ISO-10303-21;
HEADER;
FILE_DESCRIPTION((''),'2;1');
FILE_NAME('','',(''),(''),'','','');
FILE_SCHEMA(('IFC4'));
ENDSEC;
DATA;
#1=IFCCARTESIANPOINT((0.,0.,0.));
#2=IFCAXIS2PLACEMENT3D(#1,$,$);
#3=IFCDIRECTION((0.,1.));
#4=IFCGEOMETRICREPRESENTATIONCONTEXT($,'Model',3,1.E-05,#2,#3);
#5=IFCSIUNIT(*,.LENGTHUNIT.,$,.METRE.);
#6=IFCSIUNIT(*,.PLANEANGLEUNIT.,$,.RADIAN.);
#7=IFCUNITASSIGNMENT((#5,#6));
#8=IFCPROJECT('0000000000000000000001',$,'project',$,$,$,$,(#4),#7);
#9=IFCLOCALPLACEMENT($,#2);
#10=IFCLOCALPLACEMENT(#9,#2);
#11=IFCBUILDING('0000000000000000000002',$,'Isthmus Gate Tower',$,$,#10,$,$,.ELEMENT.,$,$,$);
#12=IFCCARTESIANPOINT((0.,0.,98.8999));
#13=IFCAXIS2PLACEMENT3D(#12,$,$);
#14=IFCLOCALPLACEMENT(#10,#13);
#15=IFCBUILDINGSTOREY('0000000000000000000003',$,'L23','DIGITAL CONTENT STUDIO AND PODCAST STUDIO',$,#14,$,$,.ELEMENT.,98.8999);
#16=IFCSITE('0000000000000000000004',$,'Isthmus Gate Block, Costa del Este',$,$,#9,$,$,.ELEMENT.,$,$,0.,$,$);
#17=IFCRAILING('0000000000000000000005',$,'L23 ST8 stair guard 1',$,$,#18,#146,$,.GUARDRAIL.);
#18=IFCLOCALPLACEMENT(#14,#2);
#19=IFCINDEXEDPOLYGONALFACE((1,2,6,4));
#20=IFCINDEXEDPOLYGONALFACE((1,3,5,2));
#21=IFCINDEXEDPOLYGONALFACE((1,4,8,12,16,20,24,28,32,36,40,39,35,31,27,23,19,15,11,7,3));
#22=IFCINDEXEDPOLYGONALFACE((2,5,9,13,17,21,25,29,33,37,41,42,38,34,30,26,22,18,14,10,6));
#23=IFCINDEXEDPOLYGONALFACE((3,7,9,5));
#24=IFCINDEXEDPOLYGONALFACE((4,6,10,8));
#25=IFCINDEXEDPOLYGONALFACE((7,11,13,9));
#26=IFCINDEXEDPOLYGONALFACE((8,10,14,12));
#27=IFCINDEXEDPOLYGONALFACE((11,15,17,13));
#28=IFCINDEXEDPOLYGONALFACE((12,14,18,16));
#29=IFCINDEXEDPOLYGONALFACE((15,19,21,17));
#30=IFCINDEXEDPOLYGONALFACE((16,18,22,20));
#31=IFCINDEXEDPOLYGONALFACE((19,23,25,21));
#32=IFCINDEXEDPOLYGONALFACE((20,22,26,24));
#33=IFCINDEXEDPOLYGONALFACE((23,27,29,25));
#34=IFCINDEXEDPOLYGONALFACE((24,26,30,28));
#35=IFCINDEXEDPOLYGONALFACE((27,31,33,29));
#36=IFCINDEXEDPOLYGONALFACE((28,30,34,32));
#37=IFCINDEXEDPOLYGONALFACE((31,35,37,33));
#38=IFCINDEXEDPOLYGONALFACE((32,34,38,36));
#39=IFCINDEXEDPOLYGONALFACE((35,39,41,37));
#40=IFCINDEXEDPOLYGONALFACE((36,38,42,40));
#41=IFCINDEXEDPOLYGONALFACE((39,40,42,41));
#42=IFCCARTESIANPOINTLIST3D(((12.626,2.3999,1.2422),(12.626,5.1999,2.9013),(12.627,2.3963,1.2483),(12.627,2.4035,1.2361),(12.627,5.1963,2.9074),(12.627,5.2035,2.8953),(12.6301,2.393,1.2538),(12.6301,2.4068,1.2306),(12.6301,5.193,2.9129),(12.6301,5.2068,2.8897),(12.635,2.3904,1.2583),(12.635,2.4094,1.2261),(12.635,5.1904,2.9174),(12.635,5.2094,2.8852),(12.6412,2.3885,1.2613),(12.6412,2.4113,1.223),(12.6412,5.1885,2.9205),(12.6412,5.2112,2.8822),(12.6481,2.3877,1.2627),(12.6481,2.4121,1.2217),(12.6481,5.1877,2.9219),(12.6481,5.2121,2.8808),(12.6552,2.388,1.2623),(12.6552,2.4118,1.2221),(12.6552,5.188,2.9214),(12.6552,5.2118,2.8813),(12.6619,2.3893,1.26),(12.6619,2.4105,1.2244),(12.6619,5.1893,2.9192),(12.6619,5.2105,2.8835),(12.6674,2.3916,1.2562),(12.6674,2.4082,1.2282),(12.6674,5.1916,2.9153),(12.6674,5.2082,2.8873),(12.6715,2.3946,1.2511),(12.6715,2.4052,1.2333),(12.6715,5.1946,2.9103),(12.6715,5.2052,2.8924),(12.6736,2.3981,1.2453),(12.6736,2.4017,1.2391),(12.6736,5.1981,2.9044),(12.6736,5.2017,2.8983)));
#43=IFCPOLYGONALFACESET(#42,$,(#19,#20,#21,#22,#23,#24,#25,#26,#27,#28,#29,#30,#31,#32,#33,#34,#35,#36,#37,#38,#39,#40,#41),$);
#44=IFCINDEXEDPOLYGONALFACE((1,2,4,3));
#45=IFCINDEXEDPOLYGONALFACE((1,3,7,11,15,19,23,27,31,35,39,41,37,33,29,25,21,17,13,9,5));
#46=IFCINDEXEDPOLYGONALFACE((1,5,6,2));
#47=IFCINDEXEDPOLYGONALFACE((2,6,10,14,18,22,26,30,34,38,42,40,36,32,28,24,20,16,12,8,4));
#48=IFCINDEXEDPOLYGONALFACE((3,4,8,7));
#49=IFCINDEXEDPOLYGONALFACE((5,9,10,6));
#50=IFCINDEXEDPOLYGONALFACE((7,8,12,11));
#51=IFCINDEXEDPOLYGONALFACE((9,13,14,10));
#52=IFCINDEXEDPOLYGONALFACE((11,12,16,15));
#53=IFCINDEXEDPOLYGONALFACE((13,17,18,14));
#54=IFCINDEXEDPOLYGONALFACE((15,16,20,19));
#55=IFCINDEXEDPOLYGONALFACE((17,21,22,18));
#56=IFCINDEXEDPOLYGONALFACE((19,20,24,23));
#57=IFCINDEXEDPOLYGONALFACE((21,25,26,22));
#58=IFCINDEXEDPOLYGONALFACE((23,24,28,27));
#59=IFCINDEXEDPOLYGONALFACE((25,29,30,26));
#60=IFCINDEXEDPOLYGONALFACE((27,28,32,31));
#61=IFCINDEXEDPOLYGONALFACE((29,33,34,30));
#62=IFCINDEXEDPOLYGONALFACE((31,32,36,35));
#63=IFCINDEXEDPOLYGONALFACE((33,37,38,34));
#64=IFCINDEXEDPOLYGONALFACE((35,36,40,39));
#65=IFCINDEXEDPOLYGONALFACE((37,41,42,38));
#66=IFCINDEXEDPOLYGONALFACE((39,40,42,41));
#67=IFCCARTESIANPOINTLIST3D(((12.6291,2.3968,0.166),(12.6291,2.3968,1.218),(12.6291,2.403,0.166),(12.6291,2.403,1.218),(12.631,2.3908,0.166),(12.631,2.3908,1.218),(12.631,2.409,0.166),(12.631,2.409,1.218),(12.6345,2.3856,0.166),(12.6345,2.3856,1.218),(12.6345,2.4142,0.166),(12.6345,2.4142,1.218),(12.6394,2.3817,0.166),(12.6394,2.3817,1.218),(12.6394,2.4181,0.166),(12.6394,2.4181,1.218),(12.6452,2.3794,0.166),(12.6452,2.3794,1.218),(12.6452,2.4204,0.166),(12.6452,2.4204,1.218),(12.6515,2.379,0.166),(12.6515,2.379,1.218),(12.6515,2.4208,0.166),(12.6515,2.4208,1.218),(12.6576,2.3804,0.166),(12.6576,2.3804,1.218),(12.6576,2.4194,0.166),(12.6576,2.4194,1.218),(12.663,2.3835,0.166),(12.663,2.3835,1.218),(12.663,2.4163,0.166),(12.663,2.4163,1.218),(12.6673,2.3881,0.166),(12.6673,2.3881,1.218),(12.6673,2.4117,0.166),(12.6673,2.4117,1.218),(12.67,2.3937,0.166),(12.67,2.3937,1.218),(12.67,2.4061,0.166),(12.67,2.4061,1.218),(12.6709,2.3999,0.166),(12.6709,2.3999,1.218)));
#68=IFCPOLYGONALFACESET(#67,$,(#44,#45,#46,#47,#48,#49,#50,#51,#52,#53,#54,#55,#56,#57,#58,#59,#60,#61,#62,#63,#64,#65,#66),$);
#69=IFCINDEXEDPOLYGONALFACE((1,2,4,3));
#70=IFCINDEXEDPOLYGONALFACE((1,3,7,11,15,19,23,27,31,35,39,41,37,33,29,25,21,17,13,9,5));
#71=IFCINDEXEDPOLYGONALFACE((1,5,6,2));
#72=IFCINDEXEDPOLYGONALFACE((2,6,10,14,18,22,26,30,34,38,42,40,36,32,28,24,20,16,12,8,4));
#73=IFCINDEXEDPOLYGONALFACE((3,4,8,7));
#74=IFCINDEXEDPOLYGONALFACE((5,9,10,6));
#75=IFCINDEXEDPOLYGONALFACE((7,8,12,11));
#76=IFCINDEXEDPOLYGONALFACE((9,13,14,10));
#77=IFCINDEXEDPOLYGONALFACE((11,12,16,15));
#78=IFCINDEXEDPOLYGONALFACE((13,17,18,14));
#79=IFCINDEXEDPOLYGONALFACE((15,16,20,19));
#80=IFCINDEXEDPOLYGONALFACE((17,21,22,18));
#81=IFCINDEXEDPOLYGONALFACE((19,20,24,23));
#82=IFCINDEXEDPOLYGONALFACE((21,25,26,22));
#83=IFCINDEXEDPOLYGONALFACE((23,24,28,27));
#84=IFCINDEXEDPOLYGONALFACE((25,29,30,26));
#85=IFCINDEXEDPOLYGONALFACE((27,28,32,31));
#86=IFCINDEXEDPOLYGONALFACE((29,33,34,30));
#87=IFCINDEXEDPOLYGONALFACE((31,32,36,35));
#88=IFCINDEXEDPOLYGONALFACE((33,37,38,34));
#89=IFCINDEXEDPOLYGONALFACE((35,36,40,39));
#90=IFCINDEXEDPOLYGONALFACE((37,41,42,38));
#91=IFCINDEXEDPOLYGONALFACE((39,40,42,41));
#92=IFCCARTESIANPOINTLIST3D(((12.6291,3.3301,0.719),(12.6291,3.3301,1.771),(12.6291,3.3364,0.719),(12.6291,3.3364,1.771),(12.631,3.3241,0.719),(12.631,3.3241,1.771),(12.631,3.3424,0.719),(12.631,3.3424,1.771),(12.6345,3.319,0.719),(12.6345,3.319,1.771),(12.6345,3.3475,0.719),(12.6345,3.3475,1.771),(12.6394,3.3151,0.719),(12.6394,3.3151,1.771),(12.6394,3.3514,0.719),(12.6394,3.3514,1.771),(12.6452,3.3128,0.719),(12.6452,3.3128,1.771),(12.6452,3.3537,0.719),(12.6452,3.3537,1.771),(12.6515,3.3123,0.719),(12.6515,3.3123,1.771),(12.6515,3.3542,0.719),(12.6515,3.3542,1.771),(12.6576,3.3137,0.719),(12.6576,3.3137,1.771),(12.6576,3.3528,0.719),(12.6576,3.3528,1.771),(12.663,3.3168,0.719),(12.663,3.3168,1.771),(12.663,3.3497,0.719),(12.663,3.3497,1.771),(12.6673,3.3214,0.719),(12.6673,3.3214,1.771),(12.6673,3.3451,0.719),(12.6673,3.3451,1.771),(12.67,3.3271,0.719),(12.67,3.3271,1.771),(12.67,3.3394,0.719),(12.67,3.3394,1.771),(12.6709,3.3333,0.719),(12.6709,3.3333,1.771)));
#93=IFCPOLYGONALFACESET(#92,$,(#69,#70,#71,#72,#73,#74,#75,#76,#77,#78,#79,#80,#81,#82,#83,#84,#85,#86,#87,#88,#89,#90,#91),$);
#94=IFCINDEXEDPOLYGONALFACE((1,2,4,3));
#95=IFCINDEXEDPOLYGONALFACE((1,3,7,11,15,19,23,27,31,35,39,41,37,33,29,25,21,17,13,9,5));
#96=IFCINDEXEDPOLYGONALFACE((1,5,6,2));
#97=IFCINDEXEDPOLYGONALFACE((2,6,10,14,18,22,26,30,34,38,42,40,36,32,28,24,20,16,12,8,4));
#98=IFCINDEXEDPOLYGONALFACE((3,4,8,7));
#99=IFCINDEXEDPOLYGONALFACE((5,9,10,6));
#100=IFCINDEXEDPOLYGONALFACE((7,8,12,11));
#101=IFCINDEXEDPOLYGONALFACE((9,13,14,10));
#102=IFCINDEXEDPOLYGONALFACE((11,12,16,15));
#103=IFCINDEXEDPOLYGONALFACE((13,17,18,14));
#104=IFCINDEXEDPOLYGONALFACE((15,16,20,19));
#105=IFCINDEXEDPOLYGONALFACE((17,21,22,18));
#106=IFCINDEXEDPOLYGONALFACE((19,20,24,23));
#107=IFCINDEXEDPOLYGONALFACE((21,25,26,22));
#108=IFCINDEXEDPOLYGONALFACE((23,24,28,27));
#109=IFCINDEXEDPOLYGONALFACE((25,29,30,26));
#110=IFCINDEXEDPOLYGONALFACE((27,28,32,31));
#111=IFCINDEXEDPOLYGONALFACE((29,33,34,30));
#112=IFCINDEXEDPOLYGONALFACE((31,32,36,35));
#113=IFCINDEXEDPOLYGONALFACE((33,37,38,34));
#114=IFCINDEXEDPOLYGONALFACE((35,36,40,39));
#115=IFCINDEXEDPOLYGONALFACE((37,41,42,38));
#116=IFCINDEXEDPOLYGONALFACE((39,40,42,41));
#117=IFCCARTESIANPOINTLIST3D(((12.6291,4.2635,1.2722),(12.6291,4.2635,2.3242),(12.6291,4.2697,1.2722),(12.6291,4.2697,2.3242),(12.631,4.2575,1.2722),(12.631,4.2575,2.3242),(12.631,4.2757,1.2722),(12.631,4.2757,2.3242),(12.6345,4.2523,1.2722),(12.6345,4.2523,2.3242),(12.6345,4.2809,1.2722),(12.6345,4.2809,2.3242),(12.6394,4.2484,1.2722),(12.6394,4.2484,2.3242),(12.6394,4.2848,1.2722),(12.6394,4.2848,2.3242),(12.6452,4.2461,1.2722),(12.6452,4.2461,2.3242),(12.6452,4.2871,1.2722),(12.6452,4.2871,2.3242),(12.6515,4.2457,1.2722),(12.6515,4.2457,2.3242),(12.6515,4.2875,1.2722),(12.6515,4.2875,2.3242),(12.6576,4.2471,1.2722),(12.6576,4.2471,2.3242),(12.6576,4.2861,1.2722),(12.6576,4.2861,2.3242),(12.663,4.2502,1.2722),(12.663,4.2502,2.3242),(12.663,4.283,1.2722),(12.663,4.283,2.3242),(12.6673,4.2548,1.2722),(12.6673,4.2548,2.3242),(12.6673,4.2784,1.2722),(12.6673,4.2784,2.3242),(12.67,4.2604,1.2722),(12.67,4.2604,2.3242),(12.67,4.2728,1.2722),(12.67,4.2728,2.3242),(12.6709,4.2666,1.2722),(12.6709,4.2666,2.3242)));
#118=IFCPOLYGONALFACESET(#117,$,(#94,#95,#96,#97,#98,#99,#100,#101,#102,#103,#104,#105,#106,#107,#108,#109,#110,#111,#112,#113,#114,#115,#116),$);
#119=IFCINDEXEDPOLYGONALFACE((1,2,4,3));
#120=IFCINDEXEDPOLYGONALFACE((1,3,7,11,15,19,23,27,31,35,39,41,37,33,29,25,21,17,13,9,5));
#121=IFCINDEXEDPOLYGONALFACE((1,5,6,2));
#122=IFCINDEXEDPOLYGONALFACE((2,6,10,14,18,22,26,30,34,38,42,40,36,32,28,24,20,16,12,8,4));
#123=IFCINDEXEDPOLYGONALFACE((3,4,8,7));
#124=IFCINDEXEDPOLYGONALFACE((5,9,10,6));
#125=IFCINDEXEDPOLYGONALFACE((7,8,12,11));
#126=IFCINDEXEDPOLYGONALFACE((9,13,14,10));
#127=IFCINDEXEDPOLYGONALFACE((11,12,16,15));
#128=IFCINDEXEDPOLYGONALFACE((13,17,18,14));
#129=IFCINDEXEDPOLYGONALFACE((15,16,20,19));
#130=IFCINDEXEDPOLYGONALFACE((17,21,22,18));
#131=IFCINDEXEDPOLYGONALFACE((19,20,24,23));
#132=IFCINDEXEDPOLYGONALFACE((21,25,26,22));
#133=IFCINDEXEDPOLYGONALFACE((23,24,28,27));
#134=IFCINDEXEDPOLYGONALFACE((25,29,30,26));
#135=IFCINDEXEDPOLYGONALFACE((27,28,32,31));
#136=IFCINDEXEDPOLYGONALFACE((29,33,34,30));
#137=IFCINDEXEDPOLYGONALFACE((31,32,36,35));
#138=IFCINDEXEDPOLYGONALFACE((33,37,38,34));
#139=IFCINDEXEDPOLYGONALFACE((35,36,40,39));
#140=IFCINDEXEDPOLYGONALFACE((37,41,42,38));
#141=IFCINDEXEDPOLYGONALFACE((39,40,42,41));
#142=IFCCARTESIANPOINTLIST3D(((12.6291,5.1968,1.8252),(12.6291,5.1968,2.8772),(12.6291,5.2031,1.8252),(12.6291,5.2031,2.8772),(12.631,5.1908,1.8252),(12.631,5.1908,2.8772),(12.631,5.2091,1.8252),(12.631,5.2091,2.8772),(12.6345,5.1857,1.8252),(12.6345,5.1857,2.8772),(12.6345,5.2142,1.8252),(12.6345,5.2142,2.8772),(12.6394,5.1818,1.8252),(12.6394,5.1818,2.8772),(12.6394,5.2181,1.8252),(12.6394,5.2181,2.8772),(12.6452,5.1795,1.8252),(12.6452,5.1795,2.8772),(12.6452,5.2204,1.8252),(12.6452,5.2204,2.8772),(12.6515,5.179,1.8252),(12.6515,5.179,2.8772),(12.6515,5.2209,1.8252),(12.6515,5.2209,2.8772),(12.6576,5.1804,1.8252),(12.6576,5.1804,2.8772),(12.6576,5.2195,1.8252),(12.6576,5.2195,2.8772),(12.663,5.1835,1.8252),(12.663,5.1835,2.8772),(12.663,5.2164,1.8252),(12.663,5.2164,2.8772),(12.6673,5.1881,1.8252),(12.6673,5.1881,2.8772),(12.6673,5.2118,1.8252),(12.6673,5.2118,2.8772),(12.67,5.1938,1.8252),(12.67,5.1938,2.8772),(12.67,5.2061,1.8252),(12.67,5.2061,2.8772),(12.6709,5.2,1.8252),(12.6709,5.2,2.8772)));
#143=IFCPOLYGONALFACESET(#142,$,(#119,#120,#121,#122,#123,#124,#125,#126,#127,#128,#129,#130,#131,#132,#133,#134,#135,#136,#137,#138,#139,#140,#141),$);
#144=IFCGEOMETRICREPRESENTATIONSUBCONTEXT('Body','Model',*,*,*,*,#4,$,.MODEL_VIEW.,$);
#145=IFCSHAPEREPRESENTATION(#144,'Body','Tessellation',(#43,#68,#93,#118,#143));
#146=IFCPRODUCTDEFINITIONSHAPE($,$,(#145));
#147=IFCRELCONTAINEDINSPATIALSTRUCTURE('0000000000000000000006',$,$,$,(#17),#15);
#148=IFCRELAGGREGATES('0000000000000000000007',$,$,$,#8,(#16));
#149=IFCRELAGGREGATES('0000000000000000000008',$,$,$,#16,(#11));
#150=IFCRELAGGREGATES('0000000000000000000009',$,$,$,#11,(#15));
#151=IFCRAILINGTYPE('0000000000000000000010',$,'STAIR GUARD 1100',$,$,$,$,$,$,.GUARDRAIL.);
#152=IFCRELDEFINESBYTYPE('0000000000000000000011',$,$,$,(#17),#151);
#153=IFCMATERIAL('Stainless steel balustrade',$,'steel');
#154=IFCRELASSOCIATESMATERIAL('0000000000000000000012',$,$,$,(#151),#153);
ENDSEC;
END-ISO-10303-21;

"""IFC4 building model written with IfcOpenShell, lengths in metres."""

from ifc_helpers import new_model, si_unit, direction, frame, origin, origin_2d, place, context, subcontext, project, spatial, circle, extrude, material, type_object, element, save


model = new_model("IFC4")

# Units and contexts
model_context = context("Model", 3, precision=1e-05, world=origin(), true_north=direction((0.0, 1.0)))
body_context = subcontext(model_context, "Body", "Model", "MODEL_VIEW")
ifc_project = project(units=[si_unit("LENGTHUNIT", "METRE"), si_unit("PLANEANGLEUNIT", "RADIAN")], contexts=[model_context])

# Site, building, storey
site_placement = place(None, origin())
site = spatial("IfcSite", under=ifc_project, at=site_placement, Name="Isthmus Gate Block, Costa del Este", CompositionType="ELEMENT", RefElevation=0.0)
building_placement = place(site_placement, origin())
building = spatial("IfcBuilding", under=site, at=building_placement, Name="Isthmus Gate Tower", CompositionType="ELEMENT")
storey_placement = place(building_placement, frame((0.0, 0.0, 98.8999)))
storey = spatial("IfcBuildingStorey", under=building, at=storey_placement, Name="L23", Description="DIGITAL CONTENT STUDIO AND PODCAST STUDIO", CompositionType="ELEMENT", Elevation=98.8999)

# Railing
ifc_material_1 = material(Name="Stainless steel balustrade", Category="steel")
railing_type_1 = type_object("IfcRailingType", Name="STAIR GUARD 1100", PredefinedType="GUARDRAIL", material=ifc_material_1)
railing_1_placement = place(storey_placement, frame((12.6499, 2.3999, 0.166)))
element("IfcRailing", 1, at=railing_1_placement, inside=storey, type_object=railing_type_1, Name="L23 ST8 stair guard 1", PredefinedType="GUARDRAIL", context=body_context, shape_type="SweptSolid", body=[
    extrude(circle(Radius=0.0239, at=origin_2d()), frame((0.0, 0.0, 1.0762), z_axis=(0.0, 0.860306, 0.509778), x_axis=(-1.0, 0.0, 0.0)), (0.0, 0.0, 1.0), 3.2546),
    extrude(circle(Radius=0.021, at=origin_2d()), origin(), (0.0, 0.0, 1.0), 1.052),
    extrude(circle(Radius=0.021, at=origin_2d()), frame((0.0, 0.9333, 0.553)), (0.0, 0.0, 1.0), 1.052),
    extrude(circle(Radius=0.021, at=origin_2d()), frame((0.0, 1.8667, 1.1062)), (0.0, 0.0, 1.0), 1.052),
    extrude(circle(Radius=0.021, at=origin_2d()), frame((0.0, 2.8, 1.6592)), (0.0, 0.0, 1.0), 1.052),
])

save(model, "model.ifc")
